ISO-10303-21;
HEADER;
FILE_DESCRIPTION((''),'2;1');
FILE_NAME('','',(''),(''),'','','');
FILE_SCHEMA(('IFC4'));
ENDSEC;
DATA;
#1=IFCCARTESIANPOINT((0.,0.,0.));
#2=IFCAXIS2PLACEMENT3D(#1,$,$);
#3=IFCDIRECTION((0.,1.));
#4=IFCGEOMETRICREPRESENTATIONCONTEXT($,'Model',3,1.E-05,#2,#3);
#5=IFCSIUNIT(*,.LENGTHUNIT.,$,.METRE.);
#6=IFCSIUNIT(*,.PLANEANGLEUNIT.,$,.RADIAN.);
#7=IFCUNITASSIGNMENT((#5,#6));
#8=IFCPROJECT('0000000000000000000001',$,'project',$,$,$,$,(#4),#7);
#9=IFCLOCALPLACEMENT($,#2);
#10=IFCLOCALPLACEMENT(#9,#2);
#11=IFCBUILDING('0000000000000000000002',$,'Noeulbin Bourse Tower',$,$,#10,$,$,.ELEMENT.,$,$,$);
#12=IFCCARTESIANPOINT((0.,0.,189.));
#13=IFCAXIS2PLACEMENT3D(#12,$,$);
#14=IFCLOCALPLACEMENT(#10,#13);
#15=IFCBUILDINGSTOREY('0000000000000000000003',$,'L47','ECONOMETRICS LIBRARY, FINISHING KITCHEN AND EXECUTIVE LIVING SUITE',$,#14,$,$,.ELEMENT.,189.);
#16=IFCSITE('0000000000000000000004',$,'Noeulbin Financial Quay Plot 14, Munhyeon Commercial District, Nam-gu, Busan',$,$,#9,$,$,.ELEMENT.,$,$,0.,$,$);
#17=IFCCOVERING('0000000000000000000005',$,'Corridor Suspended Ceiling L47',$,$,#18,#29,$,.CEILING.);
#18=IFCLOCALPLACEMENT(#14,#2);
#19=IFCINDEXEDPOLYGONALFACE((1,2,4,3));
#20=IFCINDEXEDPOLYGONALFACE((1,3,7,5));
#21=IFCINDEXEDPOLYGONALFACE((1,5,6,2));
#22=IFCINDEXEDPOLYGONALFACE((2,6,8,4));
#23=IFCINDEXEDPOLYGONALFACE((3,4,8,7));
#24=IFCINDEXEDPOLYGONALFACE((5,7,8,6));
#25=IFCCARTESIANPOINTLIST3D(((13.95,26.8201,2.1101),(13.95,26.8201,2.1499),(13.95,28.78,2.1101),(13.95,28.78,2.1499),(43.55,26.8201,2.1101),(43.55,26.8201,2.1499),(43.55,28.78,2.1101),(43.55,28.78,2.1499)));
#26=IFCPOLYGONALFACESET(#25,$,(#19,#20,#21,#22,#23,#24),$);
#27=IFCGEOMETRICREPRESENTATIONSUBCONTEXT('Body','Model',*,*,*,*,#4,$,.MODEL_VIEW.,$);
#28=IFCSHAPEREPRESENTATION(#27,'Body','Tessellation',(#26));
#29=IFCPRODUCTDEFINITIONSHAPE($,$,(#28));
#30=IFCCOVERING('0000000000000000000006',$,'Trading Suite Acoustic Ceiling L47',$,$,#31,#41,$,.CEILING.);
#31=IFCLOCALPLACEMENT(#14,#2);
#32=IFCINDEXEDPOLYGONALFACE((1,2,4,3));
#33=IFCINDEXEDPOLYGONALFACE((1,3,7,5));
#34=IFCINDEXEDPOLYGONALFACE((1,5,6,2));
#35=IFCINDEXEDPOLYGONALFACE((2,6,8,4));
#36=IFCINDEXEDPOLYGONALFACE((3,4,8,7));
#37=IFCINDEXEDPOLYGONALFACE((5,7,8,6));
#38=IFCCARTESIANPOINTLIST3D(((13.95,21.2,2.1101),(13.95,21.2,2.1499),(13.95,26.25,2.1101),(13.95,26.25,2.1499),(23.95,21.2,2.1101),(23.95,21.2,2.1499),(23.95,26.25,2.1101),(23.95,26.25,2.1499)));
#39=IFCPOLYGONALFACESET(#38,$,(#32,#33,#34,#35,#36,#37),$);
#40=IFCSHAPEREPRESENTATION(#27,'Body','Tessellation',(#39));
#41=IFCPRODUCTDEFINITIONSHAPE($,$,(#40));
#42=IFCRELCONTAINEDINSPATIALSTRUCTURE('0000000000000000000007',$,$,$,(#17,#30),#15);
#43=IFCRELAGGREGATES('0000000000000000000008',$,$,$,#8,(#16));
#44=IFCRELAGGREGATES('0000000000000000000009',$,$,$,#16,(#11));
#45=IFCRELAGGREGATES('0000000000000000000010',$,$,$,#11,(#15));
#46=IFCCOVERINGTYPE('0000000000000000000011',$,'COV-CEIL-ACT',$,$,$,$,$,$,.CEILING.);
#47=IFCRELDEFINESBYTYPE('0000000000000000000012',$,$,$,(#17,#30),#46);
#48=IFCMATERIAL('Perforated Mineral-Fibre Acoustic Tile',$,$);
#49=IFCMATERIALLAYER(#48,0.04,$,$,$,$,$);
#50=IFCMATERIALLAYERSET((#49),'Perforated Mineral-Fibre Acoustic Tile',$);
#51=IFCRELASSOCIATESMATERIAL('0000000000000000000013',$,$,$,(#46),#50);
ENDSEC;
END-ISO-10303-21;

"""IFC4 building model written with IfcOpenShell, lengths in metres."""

from ifc_helpers import new_model, si_unit, direction, frame, origin, place, context, subcontext, project, spatial, polyline, outline, extrude, material, layer, layer_set, type_object, element, save


model = new_model("IFC4")

# Units and contexts
model_context = context("Model", 3, precision=1e-05, world=origin(), true_north=direction((0.0, 1.0)))
body_context = subcontext(model_context, "Body", "Model", "MODEL_VIEW")
ifc_project = project(units=[si_unit("LENGTHUNIT", "METRE"), si_unit("PLANEANGLEUNIT", "RADIAN")], contexts=[model_context])

# Site, building, storey
site_placement = place(None, origin())
site = spatial("IfcSite", under=ifc_project, at=site_placement, Name="Noeulbin Financial Quay Plot 14, Munhyeon Commercial District, Nam-gu, Busan", CompositionType="ELEMENT", RefElevation=0.0)
building_placement = place(site_placement, origin())
building = spatial("IfcBuilding", under=site, at=building_placement, Name="Noeulbin Bourse Tower", CompositionType="ELEMENT")
storey_placement = place(building_placement, frame((0.0, 0.0, 189.0)))
storey = spatial("IfcBuildingStorey", under=building, at=storey_placement, Name="L47", Description="ECONOMETRICS LIBRARY, FINISHING KITCHEN AND EXECUTIVE LIVING SUITE", CompositionType="ELEMENT", Elevation=189.0)

# Coverings
ifc_material_1 = material(Name="Perforated Mineral-Fibre Acoustic Tile")
ifc_layer_1 = layer(ifc_material_1, 0.04)
ifc_layer_set_1 = layer_set([ifc_layer_1], Name="Perforated Mineral-Fibre Acoustic Tile")
covering_type = type_object("IfcCoveringType", Name="COV-CEIL-ACT", PredefinedType="CEILING", material=ifc_layer_set_1)
covering_1_placement = place(storey_placement, frame((0.0, 0.0, 2.1101)))
element("IfcCovering", 1, at=covering_1_placement, inside=storey, type_object=covering_type, Name="Corridor Suspended Ceiling L47", PredefinedType="CEILING", context=body_context, shape_type="SweptSolid", body=[
    extrude(outline(polyline([(13.95, 26.8201), (43.55, 26.8201), (43.55, 28.78), (13.95, 28.78), (13.95, 26.8201)])), origin(), (0.0, 0.0, 1.0), 0.0398),
])
covering_2_placement = place(storey_placement, frame((0.0, 0.0, 2.1101)))
element("IfcCovering", 2, at=covering_2_placement, inside=storey, type_object=covering_type, Name="Trading Suite Acoustic Ceiling L47", PredefinedType="CEILING", context=body_context, shape_type="SweptSolid", body=[
    extrude(outline(polyline([(13.95, 21.2), (23.95, 21.2), (23.95, 26.25), (13.95, 26.25), (13.95, 21.2)])), origin(), (0.0, 0.0, 1.0), 0.0398),
])

save(model, "model.ifc")
